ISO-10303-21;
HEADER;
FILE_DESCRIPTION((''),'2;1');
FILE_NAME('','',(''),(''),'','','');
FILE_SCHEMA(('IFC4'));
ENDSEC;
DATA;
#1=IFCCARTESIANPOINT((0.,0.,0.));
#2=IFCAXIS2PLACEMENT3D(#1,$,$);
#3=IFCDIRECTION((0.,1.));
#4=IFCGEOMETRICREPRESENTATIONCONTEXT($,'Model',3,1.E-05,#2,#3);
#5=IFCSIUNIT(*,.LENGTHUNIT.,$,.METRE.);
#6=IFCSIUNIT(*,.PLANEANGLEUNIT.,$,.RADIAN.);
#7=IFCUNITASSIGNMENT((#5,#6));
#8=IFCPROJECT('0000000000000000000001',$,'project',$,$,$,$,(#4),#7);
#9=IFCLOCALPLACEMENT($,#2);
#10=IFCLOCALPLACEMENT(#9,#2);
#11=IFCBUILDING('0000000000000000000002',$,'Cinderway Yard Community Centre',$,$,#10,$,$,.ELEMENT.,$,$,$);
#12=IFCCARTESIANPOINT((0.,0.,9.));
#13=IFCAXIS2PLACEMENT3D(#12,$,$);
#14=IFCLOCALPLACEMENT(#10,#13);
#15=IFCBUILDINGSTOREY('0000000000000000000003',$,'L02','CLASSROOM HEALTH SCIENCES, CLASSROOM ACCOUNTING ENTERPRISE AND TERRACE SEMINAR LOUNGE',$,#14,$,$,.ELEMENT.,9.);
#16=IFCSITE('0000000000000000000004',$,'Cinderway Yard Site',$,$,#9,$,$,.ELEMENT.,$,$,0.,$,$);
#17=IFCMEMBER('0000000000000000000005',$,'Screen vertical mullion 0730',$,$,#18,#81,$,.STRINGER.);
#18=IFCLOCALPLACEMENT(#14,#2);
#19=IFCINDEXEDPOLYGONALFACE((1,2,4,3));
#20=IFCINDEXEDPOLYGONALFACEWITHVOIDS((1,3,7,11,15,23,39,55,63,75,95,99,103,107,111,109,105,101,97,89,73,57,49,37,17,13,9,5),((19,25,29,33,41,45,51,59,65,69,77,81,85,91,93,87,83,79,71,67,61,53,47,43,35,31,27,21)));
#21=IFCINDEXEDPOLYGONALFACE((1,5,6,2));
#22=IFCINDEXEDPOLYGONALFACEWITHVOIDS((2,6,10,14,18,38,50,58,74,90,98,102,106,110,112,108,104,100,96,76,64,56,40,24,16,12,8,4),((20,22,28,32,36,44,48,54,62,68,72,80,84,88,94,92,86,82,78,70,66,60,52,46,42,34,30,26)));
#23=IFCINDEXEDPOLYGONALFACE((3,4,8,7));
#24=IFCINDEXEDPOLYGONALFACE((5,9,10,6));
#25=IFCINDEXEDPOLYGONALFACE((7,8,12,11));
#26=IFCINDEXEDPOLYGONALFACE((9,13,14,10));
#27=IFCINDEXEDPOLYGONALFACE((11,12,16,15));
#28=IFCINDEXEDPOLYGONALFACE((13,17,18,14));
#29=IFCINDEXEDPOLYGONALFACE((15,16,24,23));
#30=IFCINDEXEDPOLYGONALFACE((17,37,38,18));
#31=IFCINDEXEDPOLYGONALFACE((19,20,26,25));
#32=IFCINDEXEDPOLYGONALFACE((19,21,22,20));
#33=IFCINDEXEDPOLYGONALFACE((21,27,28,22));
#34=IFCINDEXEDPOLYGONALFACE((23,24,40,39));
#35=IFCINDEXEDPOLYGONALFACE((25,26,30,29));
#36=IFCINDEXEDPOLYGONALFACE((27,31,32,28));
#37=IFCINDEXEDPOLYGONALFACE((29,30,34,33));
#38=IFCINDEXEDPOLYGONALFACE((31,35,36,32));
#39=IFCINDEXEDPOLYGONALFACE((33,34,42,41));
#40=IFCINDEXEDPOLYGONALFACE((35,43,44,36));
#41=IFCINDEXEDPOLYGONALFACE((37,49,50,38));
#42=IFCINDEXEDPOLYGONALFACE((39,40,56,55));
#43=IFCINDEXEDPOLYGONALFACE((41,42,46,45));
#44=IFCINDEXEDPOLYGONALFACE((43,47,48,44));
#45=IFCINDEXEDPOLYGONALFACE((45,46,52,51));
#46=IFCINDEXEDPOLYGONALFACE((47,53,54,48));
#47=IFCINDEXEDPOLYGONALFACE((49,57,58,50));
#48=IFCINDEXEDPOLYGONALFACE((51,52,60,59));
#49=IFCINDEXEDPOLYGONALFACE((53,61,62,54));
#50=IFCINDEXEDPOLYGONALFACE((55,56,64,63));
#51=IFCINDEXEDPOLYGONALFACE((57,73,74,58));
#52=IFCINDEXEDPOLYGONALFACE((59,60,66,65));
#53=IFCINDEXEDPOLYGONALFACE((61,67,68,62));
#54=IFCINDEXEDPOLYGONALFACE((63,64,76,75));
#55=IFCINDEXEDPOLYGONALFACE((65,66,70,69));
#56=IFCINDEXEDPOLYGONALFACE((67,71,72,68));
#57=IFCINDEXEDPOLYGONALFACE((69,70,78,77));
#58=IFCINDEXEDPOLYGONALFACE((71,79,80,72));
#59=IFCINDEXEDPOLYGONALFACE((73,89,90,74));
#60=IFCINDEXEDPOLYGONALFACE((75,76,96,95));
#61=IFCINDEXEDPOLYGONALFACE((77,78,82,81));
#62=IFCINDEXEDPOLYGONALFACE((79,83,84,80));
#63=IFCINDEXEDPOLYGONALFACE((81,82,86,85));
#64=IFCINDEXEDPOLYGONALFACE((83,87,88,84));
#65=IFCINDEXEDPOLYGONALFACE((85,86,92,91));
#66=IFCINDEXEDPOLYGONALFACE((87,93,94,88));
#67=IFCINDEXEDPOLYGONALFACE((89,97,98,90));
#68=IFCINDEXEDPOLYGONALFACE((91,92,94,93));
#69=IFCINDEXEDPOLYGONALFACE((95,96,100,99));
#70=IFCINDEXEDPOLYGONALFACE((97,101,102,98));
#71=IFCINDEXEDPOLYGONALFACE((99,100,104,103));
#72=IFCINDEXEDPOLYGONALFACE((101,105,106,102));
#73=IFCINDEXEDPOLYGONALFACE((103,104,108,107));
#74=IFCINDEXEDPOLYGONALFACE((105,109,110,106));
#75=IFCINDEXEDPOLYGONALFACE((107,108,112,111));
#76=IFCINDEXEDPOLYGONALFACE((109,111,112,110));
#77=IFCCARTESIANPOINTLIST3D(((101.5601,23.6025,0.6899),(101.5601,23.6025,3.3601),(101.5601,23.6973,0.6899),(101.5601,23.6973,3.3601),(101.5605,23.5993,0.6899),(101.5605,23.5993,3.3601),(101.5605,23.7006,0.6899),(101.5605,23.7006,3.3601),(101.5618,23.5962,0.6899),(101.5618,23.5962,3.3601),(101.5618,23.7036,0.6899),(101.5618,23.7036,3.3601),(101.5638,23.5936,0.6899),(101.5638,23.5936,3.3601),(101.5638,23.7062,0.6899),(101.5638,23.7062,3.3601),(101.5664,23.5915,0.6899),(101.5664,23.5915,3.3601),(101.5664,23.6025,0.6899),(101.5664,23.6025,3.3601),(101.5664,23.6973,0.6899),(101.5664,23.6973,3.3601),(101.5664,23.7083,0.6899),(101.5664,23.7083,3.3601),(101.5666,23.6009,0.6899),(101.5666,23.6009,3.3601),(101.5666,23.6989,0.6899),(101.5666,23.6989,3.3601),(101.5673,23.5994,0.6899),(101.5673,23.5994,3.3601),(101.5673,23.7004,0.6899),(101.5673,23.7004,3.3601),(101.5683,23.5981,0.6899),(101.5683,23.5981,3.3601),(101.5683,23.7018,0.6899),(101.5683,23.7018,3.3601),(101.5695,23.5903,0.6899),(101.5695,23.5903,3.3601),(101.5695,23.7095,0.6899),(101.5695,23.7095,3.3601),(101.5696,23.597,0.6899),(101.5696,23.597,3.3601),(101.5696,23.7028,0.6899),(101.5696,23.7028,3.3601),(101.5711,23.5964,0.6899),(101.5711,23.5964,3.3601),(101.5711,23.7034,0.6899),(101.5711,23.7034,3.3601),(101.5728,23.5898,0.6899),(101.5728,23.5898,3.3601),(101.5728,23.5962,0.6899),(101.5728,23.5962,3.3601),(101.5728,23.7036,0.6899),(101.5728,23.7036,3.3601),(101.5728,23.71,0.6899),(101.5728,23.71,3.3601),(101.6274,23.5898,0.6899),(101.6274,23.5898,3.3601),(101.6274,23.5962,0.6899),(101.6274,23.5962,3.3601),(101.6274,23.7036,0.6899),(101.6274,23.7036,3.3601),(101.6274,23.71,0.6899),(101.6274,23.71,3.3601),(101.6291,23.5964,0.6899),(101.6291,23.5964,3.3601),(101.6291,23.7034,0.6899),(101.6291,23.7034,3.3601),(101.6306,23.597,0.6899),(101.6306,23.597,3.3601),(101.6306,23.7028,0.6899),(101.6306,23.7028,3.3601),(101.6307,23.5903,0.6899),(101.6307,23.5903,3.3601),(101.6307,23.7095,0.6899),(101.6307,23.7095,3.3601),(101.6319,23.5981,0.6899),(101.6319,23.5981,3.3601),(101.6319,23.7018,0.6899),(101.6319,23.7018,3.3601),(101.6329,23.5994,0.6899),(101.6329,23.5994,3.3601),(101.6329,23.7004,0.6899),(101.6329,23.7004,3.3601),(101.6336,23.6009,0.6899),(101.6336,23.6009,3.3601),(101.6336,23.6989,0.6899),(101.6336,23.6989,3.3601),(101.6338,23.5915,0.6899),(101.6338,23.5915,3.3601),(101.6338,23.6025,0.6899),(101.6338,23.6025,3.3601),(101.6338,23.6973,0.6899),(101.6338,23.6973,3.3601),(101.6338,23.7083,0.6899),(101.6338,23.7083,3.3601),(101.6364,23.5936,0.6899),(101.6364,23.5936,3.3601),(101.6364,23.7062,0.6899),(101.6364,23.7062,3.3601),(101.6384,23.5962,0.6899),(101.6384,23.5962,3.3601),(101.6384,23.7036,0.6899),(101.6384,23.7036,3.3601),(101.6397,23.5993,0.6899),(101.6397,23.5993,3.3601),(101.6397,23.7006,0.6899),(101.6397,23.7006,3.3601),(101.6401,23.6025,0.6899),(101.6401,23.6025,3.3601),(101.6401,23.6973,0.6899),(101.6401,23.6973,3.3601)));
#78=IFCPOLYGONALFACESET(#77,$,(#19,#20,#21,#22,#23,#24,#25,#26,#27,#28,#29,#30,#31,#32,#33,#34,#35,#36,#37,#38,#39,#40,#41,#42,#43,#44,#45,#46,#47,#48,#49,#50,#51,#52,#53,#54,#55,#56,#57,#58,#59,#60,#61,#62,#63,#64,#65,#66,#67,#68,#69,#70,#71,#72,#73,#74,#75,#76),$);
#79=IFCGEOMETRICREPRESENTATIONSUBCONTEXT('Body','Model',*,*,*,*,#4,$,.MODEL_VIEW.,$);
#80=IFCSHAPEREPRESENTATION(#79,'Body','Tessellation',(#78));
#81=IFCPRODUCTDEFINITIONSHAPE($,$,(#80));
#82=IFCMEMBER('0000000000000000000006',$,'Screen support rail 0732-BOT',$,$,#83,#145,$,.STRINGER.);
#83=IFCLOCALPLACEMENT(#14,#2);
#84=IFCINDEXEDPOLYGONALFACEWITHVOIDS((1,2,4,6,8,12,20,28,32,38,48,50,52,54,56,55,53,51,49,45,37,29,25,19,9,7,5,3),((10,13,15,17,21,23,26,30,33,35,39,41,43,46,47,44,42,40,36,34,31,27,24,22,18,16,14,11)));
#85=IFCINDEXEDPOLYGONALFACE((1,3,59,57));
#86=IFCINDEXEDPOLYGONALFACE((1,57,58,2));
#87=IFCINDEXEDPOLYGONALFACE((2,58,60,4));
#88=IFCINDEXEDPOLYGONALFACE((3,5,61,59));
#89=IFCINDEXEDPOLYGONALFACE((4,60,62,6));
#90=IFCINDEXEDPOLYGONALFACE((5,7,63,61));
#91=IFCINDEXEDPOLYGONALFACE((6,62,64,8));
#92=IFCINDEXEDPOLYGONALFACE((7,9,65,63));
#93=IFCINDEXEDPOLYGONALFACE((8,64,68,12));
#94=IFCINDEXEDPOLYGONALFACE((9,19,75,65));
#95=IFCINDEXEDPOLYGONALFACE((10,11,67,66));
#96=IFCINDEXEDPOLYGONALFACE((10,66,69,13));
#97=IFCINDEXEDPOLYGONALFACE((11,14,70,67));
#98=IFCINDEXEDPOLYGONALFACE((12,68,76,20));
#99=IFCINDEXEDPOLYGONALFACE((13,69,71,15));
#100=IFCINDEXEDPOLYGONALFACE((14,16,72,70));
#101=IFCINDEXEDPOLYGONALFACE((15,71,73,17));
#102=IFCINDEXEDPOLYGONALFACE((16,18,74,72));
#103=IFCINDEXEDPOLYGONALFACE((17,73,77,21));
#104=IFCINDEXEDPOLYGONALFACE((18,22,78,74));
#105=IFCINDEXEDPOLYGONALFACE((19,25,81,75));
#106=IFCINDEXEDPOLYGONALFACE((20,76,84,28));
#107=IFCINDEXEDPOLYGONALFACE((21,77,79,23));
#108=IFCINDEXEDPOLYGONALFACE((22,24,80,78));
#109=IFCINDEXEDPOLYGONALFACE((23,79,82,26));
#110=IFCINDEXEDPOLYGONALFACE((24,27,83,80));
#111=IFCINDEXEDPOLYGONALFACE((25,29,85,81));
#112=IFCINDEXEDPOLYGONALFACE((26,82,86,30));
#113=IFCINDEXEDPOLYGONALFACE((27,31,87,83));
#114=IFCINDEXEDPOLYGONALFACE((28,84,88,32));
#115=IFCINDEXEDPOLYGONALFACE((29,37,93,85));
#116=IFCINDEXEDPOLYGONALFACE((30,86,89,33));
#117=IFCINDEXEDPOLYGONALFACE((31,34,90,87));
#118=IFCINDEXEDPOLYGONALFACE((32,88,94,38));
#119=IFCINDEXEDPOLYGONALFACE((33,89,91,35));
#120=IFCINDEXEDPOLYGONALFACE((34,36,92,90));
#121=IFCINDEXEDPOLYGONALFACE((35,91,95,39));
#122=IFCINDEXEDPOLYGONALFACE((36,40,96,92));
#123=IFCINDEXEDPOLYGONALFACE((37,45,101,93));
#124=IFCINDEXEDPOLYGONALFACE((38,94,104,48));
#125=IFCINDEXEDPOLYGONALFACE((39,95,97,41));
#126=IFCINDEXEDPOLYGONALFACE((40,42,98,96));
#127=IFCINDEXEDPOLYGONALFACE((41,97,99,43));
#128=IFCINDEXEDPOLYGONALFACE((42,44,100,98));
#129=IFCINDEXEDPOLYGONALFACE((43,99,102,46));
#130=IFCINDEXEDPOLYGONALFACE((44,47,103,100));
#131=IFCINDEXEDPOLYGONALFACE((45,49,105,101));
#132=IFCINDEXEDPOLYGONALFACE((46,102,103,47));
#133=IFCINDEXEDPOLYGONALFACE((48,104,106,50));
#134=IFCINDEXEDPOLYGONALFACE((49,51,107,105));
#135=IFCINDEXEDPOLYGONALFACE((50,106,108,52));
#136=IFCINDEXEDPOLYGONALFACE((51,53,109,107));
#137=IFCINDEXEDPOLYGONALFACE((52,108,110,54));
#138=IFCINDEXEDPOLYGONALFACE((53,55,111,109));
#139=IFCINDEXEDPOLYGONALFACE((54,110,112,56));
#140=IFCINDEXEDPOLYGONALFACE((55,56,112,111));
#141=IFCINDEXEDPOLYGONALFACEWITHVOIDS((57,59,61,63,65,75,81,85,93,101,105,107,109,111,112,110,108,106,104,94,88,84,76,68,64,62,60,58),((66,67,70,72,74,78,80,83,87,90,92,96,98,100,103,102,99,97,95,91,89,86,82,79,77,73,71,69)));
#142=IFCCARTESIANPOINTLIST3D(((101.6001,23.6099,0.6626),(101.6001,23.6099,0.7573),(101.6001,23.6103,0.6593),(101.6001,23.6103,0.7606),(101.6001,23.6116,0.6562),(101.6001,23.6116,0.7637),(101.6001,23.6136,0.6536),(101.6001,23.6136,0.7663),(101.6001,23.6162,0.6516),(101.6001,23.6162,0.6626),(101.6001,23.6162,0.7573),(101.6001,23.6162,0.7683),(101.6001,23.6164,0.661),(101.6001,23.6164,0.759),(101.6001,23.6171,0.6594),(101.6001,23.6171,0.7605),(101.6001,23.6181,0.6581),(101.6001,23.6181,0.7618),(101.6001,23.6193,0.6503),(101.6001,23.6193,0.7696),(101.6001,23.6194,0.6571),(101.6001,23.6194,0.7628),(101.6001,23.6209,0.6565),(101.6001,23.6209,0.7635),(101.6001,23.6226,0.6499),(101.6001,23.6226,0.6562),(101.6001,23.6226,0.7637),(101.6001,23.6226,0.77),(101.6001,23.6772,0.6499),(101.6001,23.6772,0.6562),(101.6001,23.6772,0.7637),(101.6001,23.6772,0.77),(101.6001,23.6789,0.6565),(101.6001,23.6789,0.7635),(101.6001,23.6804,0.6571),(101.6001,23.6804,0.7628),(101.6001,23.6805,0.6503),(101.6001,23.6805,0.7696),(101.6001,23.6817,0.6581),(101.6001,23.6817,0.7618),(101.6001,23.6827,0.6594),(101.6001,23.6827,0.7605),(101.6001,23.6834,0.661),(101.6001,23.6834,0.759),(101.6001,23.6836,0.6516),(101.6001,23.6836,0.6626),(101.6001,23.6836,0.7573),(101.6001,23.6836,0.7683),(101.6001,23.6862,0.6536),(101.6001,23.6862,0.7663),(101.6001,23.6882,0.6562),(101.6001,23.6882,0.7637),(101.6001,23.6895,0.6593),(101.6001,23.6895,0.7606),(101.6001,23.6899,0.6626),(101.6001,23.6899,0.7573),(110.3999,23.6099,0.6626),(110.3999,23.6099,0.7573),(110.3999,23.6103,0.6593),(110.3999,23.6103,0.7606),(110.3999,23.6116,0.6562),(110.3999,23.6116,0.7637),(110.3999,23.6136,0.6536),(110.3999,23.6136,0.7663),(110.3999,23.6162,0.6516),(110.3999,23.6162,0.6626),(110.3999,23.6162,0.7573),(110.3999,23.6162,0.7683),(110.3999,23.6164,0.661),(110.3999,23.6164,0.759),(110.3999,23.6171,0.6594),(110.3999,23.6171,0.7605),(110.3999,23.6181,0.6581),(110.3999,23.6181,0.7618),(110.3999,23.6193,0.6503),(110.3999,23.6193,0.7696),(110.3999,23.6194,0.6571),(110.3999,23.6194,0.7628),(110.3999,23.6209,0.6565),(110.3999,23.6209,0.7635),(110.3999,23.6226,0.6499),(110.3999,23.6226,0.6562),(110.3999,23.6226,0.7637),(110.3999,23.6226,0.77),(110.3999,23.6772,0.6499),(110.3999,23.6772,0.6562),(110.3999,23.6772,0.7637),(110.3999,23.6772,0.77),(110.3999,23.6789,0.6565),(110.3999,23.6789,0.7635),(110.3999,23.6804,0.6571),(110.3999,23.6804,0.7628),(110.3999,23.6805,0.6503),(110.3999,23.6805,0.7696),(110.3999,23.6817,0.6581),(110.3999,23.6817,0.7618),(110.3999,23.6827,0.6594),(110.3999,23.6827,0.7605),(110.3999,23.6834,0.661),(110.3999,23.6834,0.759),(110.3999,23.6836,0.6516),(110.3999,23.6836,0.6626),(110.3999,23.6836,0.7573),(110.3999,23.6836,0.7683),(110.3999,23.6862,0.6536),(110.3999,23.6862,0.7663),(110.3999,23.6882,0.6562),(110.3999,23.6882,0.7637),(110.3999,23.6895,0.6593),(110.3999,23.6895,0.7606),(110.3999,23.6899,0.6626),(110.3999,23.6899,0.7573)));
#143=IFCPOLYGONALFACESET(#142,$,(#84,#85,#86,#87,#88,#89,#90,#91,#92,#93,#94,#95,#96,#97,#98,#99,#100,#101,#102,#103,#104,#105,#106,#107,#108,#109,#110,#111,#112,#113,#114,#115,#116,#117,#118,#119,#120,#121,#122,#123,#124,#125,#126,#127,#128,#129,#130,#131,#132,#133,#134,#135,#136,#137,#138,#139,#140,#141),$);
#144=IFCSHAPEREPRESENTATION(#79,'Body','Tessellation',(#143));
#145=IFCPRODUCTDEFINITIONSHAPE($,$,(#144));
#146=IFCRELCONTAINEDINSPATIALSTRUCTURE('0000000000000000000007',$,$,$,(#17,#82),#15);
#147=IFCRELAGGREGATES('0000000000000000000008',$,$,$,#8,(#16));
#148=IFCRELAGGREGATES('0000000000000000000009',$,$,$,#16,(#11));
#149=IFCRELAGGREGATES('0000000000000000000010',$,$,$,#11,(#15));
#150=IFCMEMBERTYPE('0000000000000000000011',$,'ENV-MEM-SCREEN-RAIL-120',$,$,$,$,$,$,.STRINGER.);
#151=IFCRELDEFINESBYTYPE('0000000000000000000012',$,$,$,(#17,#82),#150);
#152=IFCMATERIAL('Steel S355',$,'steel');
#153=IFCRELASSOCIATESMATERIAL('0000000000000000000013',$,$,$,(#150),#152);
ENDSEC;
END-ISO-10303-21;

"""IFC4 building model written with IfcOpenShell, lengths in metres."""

from ifc_helpers import new_model, si_unit, direction, frame, origin, origin_2d, place, context, subcontext, project, spatial, hollow_rectangle, extrude, material, material_profile, profile_set, type_object, element, save


model = new_model("IFC4")

# Units and contexts
model_context = context("Model", 3, precision=1e-05, world=origin(), true_north=direction((0.0, 1.0)))
body_context = subcontext(model_context, "Body", "Model", "MODEL_VIEW")
ifc_project = project(units=[si_unit("LENGTHUNIT", "METRE"), si_unit("PLANEANGLEUNIT", "RADIAN")], contexts=[model_context])

# Site, building, storey
site_placement = place(None, origin())
site = spatial("IfcSite", under=ifc_project, at=site_placement, Name="Cinderway Yard Site", CompositionType="ELEMENT", RefElevation=0.0)
building_placement = place(site_placement, origin())
building = spatial("IfcBuilding", under=site, at=building_placement, Name="Cinderway Yard Community Centre", CompositionType="ELEMENT")
storey_placement = place(building_placement, frame((0.0, 0.0, 9.0)))
storey = spatial("IfcBuildingStorey", under=building, at=storey_placement, Name="L02", Description="CLASSROOM HEALTH SCIENCES, CLASSROOM ACCOUNTING ENTERPRISE AND TERRACE SEMINAR LOUNGE", CompositionType="ELEMENT", Elevation=9.0)

# Members
ifc_material_1 = material(Name="Steel S355", Category="steel")
ifc_material_profile_1 = material_profile(ifc_material_1, hollow_rectangle(XDim=0.0801, YDim=0.1201, WallThickness=0.0063, InnerFilletRadius=0.0063, OuterFilletRadius=0.0127, at=origin_2d()), Name="Steel S355")
ifc_profile_set_1 = profile_set([ifc_material_profile_1], Name="Steel S355")
member_type_1 = type_object("IfcMemberType", Name="ENV-MEM-SCREEN-RAIL-120", PredefinedType="STRINGER", material=ifc_profile_set_1)
member_1_placement = place(storey_placement, frame((101.6001, 23.6499, 0.6899), z_axis=(0.0, 0.0, 1.0), x_axis=(1.0, 0.0, 0.0)))
element("IfcMember", 1, at=member_1_placement, inside=storey, type_object=member_type_1, Name="Screen vertical mullion 0730", PredefinedType="STRINGER", context=body_context, shape_type="SweptSolid", body=[
    extrude(hollow_rectangle(XDim=0.0801, YDim=0.1201, WallThickness=0.0063, InnerFilletRadius=0.0063, OuterFilletRadius=0.0127, at=origin_2d()), origin(), (0.0, 0.0, 1.0), 2.6702),
])
for number, where, z_axis, x_axis, name in (
    (2, (101.6001, 23.6499, 0.71), (1.0, 0.0, 0.0), (0.0, 1.0, 0.0), "Screen support rail 0732-BOT"),
):
    element("IfcMember", number, at=place(storey_placement, frame(where, z_axis=z_axis, x_axis=x_axis)), inside=storey, type_object=member_type_1, Name=name, PredefinedType="STRINGER", context=body_context, shape_type="SweptSolid", body=[
        extrude(hollow_rectangle(XDim=0.0801, YDim=0.1201, WallThickness=0.0063, InnerFilletRadius=0.0063, OuterFilletRadius=0.0127, at=origin_2d()), origin(), (0.0, 0.0, 1.0), 8.7998),
    ])

save(model, "model.ifc")
